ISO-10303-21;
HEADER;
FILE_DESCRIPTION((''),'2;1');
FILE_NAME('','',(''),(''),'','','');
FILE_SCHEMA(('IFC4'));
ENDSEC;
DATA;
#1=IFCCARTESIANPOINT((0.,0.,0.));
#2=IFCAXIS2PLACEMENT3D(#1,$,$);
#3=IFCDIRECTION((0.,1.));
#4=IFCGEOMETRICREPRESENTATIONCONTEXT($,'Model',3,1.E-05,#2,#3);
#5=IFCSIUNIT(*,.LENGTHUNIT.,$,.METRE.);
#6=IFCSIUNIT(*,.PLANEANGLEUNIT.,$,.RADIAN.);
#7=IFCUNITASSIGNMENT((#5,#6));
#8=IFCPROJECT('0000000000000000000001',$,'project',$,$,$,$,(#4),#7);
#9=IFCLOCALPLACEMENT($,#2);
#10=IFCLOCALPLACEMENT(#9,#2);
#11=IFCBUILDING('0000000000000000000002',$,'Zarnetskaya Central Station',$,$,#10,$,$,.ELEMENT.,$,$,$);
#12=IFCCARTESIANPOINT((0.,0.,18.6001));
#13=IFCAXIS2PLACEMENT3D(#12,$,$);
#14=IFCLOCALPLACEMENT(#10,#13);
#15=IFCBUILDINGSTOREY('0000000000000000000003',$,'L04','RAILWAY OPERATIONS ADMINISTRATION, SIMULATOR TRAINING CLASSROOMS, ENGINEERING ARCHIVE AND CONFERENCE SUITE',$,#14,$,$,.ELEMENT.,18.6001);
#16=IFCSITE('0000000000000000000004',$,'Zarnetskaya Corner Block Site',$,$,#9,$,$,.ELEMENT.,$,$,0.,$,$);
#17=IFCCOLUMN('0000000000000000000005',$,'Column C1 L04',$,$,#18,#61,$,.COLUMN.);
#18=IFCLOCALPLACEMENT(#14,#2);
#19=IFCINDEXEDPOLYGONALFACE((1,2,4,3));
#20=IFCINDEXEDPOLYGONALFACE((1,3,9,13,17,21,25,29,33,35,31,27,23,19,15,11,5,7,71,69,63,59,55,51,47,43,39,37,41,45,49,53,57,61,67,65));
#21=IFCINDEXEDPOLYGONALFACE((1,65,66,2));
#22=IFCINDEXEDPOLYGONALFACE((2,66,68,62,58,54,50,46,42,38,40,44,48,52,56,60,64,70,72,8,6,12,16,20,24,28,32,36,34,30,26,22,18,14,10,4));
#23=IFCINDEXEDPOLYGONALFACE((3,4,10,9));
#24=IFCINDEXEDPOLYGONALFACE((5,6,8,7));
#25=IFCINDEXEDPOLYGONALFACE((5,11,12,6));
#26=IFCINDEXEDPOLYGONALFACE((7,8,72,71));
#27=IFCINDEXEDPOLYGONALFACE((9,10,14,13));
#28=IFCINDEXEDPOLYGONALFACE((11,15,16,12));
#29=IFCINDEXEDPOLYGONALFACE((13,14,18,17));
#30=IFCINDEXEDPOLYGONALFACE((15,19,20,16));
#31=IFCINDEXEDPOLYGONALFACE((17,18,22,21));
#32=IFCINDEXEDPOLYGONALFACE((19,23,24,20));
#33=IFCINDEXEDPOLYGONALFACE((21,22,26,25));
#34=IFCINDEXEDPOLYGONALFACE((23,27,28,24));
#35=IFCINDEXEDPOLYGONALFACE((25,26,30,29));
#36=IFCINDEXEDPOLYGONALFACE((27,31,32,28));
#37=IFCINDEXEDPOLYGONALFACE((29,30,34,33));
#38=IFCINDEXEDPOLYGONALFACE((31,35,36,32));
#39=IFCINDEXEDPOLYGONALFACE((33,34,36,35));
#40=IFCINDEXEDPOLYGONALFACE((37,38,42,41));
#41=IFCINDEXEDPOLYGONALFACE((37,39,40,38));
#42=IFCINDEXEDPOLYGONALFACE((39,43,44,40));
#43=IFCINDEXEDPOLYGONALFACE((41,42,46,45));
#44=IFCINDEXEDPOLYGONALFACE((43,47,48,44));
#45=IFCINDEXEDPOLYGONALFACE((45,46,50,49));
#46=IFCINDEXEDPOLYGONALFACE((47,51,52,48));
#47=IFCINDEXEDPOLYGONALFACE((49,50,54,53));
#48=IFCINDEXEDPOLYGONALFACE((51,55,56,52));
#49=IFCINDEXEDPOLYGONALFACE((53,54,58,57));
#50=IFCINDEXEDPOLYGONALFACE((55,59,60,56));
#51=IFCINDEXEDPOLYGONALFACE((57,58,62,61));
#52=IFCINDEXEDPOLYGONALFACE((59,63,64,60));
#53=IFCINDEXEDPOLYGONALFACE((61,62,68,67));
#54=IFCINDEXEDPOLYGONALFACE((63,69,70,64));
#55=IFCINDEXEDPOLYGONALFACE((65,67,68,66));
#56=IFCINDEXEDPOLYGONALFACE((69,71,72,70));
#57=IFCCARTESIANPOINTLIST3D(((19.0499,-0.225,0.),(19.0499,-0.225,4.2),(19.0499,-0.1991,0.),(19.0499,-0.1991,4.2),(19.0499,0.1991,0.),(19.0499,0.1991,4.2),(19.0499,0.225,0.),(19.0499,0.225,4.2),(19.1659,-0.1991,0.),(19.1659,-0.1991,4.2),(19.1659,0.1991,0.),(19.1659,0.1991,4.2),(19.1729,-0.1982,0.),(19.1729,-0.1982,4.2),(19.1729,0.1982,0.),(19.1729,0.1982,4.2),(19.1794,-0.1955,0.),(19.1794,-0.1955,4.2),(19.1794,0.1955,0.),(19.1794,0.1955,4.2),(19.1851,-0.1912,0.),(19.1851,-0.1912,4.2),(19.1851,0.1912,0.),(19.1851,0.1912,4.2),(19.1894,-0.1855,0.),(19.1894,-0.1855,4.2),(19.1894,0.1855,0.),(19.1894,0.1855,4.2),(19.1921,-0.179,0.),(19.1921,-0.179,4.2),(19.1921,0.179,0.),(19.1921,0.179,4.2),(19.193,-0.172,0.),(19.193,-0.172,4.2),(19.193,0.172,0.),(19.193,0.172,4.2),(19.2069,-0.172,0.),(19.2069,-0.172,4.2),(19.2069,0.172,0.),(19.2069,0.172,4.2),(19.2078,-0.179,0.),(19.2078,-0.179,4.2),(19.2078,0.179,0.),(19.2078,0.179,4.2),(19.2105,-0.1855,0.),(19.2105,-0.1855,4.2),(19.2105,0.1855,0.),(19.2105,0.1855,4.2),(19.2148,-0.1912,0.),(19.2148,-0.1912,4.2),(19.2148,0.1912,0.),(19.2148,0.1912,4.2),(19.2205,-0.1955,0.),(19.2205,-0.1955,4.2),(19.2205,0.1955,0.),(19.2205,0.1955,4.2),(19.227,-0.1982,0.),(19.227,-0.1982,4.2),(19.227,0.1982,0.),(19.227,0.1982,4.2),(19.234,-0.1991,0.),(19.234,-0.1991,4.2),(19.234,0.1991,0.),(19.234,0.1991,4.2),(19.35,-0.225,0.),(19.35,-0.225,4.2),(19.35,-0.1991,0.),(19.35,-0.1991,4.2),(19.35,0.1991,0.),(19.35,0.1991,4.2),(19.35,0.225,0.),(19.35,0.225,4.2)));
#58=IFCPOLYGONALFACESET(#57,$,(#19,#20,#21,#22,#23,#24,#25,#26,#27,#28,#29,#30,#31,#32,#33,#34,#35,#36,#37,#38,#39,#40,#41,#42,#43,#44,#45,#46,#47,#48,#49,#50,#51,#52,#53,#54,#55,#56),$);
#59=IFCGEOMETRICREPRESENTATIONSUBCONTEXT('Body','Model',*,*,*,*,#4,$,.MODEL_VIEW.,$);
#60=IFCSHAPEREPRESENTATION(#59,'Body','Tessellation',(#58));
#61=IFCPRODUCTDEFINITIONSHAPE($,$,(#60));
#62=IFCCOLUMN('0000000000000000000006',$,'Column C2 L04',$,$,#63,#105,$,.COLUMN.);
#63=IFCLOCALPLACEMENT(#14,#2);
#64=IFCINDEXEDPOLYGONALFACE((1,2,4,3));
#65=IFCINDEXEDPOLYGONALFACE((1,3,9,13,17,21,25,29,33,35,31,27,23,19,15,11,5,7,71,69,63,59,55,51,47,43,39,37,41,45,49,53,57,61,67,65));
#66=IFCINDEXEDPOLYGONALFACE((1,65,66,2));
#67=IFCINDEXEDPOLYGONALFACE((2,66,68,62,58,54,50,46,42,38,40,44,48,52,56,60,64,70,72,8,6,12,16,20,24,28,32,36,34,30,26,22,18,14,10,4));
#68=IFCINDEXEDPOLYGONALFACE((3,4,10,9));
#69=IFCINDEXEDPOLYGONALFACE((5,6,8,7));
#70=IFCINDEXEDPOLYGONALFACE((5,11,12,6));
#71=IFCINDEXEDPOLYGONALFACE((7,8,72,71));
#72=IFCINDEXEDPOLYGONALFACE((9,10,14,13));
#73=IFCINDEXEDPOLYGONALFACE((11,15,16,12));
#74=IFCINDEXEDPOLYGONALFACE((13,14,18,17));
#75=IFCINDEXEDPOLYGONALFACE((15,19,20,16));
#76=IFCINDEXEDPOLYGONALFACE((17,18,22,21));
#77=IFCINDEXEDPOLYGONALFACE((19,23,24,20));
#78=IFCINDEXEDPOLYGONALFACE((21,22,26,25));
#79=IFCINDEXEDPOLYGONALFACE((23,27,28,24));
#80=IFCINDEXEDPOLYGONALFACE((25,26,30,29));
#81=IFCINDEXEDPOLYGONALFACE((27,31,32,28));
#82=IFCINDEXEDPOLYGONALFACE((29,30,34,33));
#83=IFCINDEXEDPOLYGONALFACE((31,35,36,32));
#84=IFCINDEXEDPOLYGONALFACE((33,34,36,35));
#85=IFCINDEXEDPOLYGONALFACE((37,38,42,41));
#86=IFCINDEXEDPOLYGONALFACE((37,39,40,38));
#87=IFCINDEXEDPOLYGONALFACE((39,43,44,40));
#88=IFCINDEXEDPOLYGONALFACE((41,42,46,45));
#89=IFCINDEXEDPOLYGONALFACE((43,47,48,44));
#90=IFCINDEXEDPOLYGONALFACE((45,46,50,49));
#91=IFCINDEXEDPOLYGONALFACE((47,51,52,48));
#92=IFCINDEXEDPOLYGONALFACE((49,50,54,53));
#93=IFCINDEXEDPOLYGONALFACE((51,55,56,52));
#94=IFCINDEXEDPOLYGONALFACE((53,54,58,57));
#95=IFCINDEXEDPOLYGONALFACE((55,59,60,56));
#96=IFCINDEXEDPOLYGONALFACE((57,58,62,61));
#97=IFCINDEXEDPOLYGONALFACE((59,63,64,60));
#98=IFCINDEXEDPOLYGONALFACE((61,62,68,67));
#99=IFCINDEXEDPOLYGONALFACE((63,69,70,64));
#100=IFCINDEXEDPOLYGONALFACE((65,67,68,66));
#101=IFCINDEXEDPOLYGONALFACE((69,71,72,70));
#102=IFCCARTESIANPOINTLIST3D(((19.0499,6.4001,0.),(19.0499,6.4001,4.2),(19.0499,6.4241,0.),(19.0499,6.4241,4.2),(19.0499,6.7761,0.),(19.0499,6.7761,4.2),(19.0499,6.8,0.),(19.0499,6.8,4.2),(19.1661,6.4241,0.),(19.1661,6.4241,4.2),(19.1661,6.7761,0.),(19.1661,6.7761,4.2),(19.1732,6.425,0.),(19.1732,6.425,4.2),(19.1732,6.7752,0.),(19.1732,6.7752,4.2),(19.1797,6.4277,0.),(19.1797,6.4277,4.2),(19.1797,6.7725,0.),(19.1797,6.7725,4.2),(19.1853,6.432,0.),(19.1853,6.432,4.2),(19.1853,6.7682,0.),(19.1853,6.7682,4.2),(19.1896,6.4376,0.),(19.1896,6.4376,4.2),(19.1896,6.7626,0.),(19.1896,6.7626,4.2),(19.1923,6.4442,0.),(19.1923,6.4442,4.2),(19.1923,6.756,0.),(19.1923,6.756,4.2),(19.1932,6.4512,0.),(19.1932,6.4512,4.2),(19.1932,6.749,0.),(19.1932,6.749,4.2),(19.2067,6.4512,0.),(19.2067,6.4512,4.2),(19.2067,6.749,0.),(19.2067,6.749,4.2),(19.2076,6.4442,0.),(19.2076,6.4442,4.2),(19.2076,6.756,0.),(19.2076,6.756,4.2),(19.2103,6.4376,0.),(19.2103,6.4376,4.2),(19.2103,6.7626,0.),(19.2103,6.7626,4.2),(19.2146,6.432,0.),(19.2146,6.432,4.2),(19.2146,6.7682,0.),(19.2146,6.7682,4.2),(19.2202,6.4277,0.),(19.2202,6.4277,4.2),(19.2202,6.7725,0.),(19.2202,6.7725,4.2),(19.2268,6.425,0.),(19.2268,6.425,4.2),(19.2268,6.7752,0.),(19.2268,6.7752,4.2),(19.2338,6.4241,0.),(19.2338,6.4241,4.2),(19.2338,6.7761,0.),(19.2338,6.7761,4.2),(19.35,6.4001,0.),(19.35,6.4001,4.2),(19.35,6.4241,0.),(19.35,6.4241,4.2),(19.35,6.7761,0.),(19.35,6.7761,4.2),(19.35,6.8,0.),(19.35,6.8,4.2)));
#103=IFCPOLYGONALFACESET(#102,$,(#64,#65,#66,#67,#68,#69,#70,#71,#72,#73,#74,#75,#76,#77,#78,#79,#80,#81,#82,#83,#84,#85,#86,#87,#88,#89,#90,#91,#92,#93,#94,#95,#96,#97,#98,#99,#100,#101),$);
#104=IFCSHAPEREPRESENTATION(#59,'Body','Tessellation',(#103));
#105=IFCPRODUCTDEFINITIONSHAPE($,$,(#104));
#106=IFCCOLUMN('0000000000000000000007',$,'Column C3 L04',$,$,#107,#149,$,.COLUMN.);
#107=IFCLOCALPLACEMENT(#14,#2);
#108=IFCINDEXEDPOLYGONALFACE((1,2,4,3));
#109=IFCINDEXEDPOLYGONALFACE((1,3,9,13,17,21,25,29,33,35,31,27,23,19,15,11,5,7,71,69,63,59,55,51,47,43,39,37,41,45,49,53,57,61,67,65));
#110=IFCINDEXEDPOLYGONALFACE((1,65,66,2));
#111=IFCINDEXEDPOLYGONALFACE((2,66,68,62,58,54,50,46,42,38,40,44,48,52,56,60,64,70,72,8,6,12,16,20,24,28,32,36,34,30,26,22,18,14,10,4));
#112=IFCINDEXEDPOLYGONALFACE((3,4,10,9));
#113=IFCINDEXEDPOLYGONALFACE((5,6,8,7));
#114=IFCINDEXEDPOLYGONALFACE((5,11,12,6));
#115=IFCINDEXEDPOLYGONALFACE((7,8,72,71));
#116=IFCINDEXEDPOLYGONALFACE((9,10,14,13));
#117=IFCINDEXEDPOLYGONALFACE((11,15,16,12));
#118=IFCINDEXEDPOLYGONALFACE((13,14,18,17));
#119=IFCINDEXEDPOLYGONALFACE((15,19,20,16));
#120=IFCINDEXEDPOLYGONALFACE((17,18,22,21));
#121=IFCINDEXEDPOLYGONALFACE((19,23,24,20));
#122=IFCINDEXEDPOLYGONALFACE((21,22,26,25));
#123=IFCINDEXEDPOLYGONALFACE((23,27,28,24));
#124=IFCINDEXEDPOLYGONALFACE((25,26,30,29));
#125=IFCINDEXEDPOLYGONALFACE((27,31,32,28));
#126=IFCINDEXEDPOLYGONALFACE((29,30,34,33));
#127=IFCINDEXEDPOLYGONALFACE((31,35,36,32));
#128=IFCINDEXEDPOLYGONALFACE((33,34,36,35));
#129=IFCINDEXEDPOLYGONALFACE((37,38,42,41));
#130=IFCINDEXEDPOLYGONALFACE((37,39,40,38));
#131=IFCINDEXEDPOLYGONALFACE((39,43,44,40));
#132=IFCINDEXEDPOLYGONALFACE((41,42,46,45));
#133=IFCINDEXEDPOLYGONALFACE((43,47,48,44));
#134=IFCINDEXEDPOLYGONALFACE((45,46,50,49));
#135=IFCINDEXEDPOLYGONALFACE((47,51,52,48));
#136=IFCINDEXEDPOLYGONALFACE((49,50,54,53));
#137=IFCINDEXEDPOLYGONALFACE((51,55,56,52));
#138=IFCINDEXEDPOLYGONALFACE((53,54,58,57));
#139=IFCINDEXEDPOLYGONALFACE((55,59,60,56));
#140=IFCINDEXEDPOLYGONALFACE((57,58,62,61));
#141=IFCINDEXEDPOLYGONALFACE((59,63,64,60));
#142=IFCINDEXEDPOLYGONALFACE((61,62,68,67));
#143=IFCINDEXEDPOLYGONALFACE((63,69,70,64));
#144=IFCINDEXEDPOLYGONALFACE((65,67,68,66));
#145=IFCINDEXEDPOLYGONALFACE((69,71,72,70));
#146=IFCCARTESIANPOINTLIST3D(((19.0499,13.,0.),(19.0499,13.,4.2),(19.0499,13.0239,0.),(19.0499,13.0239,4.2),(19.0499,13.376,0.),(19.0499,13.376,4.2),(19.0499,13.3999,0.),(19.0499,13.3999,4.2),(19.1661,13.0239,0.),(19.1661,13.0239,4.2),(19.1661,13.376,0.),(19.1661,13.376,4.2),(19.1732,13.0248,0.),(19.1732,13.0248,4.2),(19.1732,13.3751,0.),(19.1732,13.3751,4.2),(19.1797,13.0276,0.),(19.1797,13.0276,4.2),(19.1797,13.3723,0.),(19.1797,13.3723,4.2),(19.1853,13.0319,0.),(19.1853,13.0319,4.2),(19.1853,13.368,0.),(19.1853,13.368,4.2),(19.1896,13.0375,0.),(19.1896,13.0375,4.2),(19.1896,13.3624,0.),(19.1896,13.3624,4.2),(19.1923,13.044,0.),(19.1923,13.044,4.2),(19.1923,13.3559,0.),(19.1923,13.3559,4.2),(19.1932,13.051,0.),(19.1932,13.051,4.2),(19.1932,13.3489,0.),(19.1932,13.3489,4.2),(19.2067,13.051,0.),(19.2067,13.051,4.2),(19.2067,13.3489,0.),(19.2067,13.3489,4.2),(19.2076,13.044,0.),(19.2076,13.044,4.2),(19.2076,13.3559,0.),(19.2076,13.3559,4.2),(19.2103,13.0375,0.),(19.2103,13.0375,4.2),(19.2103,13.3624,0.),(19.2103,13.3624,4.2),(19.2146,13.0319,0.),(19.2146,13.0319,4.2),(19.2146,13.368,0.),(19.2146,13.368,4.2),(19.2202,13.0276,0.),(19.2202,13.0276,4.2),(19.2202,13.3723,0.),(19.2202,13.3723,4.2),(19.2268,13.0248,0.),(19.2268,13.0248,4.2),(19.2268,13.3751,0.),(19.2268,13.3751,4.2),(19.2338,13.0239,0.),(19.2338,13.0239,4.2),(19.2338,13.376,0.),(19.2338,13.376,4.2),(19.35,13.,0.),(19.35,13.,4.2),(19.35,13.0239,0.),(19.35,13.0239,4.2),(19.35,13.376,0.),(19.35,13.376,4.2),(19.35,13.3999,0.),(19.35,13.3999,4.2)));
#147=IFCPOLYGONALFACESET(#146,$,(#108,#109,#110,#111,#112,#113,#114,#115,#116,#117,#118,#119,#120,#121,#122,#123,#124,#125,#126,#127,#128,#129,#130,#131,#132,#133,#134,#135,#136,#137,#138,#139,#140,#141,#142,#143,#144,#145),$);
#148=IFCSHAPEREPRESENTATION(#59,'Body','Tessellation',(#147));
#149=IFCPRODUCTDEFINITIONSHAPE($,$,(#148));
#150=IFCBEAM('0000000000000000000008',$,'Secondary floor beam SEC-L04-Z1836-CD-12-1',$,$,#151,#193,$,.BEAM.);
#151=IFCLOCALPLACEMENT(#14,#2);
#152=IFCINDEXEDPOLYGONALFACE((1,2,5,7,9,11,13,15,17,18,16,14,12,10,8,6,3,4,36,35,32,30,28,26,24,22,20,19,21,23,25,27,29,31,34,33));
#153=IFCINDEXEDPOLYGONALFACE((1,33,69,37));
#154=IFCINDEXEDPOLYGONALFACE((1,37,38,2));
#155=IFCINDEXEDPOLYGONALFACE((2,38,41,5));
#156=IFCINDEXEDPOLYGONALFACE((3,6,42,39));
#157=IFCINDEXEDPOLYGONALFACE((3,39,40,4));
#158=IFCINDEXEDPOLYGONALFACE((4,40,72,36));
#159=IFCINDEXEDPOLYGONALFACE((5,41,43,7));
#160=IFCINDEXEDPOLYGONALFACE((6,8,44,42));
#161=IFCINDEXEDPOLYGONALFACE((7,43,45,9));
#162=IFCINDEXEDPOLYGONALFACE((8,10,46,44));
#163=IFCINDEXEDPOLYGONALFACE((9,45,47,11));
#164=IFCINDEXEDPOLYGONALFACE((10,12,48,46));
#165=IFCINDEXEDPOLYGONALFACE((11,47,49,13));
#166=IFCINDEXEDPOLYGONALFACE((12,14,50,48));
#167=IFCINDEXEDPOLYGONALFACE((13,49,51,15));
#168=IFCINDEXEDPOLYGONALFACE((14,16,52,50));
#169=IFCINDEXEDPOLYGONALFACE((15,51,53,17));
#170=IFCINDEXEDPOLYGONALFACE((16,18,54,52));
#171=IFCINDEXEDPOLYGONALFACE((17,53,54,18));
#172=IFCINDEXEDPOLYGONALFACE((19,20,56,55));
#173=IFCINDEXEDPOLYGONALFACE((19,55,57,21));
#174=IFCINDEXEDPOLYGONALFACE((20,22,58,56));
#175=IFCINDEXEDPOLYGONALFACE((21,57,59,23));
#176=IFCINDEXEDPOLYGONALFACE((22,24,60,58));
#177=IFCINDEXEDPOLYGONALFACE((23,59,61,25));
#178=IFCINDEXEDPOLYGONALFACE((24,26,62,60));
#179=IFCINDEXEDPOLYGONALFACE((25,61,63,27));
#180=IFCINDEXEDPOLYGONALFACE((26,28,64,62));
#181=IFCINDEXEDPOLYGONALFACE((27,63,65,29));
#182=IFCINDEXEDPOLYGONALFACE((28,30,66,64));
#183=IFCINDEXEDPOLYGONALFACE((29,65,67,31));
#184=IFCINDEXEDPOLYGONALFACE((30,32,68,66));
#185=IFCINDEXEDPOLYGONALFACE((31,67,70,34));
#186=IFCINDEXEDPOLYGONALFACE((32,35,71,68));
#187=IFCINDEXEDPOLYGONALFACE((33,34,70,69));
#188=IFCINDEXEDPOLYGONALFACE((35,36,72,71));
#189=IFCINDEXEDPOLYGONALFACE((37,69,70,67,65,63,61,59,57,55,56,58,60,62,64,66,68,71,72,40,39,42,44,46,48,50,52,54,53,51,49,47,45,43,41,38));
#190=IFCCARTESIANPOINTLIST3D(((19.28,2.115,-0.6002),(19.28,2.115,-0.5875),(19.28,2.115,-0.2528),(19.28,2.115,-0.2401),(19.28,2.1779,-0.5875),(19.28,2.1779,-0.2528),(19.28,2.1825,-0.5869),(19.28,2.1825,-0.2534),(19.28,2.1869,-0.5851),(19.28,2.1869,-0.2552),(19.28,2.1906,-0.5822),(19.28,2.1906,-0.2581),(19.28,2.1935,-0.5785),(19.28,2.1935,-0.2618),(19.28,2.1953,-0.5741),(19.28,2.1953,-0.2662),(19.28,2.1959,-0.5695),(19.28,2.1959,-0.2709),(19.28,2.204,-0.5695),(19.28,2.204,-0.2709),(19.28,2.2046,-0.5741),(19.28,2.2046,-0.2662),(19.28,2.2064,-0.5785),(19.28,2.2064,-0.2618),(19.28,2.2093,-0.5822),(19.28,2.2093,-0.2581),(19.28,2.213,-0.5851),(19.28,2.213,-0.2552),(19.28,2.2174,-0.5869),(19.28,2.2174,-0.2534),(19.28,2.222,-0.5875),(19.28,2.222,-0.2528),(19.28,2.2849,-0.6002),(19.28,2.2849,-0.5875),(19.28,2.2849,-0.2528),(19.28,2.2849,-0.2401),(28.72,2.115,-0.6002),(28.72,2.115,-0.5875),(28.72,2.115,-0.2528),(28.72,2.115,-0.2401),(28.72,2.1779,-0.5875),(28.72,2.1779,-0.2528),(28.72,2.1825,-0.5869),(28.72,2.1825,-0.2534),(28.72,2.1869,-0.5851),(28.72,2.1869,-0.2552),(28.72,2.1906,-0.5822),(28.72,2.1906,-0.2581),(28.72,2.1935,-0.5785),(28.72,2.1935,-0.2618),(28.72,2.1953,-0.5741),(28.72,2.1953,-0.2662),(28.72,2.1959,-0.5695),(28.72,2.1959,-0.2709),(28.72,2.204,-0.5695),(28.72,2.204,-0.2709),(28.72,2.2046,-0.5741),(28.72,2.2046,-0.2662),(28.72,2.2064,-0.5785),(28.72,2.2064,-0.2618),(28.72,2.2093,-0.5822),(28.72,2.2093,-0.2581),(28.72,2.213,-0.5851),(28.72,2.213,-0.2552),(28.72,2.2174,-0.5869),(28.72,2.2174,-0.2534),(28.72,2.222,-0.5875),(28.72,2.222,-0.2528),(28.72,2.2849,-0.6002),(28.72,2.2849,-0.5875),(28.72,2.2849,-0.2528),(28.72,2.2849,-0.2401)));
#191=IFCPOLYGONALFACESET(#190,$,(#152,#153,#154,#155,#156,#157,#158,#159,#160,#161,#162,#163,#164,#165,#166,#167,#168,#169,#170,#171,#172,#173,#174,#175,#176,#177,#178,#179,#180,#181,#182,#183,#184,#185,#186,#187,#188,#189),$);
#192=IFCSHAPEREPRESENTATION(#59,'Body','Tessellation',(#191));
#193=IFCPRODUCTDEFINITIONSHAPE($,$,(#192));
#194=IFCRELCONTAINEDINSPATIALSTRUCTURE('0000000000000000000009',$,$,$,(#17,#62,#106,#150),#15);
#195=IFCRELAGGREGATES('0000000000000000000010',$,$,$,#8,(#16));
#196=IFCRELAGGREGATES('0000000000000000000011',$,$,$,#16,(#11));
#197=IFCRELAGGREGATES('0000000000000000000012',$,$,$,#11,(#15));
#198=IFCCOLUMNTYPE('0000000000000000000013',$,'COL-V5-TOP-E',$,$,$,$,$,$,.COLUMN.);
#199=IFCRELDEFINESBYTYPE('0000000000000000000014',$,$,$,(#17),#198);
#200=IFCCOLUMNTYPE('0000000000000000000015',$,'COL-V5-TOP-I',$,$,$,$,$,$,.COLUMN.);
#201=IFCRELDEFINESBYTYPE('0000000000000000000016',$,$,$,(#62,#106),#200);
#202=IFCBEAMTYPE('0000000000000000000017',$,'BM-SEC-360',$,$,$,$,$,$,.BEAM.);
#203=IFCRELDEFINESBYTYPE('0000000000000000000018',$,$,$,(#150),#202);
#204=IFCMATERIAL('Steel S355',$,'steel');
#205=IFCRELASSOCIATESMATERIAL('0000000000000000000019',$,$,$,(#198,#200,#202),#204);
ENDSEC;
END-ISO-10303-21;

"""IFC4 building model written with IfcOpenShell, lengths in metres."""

from ifc_helpers import new_model, si_unit, direction, frame, origin, origin_2d, place, context, subcontext, project, spatial, i_section, extrude, material, material_profile, profile_set, type_object, element, save


model = new_model("IFC4")

# Units and contexts
model_context = context("Model", 3, precision=1e-05, world=origin(), true_north=direction((0.0, 1.0)))
body_context = subcontext(model_context, "Body", "Model", "MODEL_VIEW")
ifc_project = project(units=[si_unit("LENGTHUNIT", "METRE"), si_unit("PLANEANGLEUNIT", "RADIAN")], contexts=[model_context])

# Site, building, storey
site_placement = place(None, origin())
site = spatial("IfcSite", under=ifc_project, at=site_placement, Name="Zarnetskaya Corner Block Site", CompositionType="ELEMENT", RefElevation=0.0)
building_placement = place(site_placement, origin())
building = spatial("IfcBuilding", under=site, at=building_placement, Name="Zarnetskaya Central Station", CompositionType="ELEMENT")
storey_placement = place(building_placement, frame((0.0, 0.0, 18.6001)))
storey = spatial("IfcBuildingStorey", under=building, at=storey_placement, Name="L04", Description="RAILWAY OPERATIONS ADMINISTRATION, SIMULATOR TRAINING CLASSROOMS, ENGINEERING ARCHIVE AND CONFERENCE SUITE", CompositionType="ELEMENT", Elevation=18.6001)

# Columns
ifc_material_1 = material(Name="Steel S355", Category="steel")
ifc_material_profile_1 = material_profile(ifc_material_1, i_section(OverallWidth=0.3, OverallDepth=0.45, WebThickness=0.0139, FlangeThickness=0.0259, FilletRadius=0.0271, at=origin_2d()), Name="HEB 450")
ifc_profile_set_1 = profile_set([ifc_material_profile_1], Name="Steel S355")
column_type_1 = type_object("IfcColumnType", Name="COL-V5-TOP-E", PredefinedType="COLUMN", material=ifc_profile_set_1)
column_placement = place(storey_placement, frame((19.2, 0.0, 0.0), z_axis=(0.0, 0.0, 1.0), x_axis=(1.0, 0.0, 0.0)))
element("IfcColumn", 1, at=column_placement, inside=storey, type_object=column_type_1, Name="Column C1 L04", PredefinedType="COLUMN", context=body_context, shape_type="SweptSolid", body=[
    extrude(i_section(OverallWidth=0.3, OverallDepth=0.45, WebThickness=0.0139, FlangeThickness=0.0259, FilletRadius=0.0271, at=origin_2d()), origin(), (0.0, 0.0, 1.0), 4.2),
])
ifc_material_profile_2 = material_profile(ifc_material_1, i_section(OverallWidth=0.3, OverallDepth=0.3999, WebThickness=0.0134, FlangeThickness=0.0239, FilletRadius=0.0271, at=origin_2d()), Name="HEB 400")
ifc_profile_set_2 = profile_set([ifc_material_profile_2], Name="Steel S355")
column_type_2 = type_object("IfcColumnType", Name="COL-V5-TOP-I", PredefinedType="COLUMN", material=ifc_profile_set_2)
for number, where, z_axis, x_axis, name in (
    (2, (19.2, 6.6001, 0.0), (0.0, 0.0, 1.0), (1.0, 0.0, 0.0), "Column C2 L04"),
    (3, (19.2, 13.2, 0.0), (0.0, 0.0, 1.0), (1.0, 0.0, 0.0), "Column C3 L04"),
):
    element("IfcColumn", number, at=place(storey_placement, frame(where, z_axis=z_axis, x_axis=x_axis)), inside=storey, type_object=column_type_2, Name=name, PredefinedType="COLUMN", context=body_context, shape_type="SweptSolid", body=[
        extrude(i_section(OverallWidth=0.3, OverallDepth=0.3999, WebThickness=0.0134, FlangeThickness=0.0239, FilletRadius=0.0271, at=origin_2d()), origin(), (0.0, 0.0, 1.0), 4.2),
    ])

# Beam
ifc_material_profile_3 = material_profile(ifc_material_1, i_section(OverallWidth=0.1699, OverallDepth=0.3601, WebThickness=0.0081, FlangeThickness=0.0127, FilletRadius=0.0181, at=origin_2d()), Name="IPE 360")
ifc_profile_set_3 = profile_set([ifc_material_profile_3], Name="Steel S355")
beam_type_1 = type_object("IfcBeamType", Name="BM-SEC-360", PredefinedType="BEAM", material=ifc_profile_set_3)
for number, where, z_axis, x_axis, name in (
    (4, (19.28, 2.2, -0.4202), (1.0, 0.0, 0.0), (0.0, 1.0, 0.0), "Secondary floor beam SEC-L04-Z1836-CD-12-1"),
):
    element("IfcBeam", number, at=place(storey_placement, frame(where, z_axis=z_axis, x_axis=x_axis)), inside=storey, type_object=beam_type_1, Name=name, PredefinedType="BEAM", context=body_context, shape_type="SweptSolid", body=[
        extrude(i_section(OverallWidth=0.1699, OverallDepth=0.3601, WebThickness=0.0081, FlangeThickness=0.0127, FilletRadius=0.0181, at=origin_2d()), origin(), (0.0, 0.0, 1.0), 9.4399),
    ])

save(model, "model.ifc")
